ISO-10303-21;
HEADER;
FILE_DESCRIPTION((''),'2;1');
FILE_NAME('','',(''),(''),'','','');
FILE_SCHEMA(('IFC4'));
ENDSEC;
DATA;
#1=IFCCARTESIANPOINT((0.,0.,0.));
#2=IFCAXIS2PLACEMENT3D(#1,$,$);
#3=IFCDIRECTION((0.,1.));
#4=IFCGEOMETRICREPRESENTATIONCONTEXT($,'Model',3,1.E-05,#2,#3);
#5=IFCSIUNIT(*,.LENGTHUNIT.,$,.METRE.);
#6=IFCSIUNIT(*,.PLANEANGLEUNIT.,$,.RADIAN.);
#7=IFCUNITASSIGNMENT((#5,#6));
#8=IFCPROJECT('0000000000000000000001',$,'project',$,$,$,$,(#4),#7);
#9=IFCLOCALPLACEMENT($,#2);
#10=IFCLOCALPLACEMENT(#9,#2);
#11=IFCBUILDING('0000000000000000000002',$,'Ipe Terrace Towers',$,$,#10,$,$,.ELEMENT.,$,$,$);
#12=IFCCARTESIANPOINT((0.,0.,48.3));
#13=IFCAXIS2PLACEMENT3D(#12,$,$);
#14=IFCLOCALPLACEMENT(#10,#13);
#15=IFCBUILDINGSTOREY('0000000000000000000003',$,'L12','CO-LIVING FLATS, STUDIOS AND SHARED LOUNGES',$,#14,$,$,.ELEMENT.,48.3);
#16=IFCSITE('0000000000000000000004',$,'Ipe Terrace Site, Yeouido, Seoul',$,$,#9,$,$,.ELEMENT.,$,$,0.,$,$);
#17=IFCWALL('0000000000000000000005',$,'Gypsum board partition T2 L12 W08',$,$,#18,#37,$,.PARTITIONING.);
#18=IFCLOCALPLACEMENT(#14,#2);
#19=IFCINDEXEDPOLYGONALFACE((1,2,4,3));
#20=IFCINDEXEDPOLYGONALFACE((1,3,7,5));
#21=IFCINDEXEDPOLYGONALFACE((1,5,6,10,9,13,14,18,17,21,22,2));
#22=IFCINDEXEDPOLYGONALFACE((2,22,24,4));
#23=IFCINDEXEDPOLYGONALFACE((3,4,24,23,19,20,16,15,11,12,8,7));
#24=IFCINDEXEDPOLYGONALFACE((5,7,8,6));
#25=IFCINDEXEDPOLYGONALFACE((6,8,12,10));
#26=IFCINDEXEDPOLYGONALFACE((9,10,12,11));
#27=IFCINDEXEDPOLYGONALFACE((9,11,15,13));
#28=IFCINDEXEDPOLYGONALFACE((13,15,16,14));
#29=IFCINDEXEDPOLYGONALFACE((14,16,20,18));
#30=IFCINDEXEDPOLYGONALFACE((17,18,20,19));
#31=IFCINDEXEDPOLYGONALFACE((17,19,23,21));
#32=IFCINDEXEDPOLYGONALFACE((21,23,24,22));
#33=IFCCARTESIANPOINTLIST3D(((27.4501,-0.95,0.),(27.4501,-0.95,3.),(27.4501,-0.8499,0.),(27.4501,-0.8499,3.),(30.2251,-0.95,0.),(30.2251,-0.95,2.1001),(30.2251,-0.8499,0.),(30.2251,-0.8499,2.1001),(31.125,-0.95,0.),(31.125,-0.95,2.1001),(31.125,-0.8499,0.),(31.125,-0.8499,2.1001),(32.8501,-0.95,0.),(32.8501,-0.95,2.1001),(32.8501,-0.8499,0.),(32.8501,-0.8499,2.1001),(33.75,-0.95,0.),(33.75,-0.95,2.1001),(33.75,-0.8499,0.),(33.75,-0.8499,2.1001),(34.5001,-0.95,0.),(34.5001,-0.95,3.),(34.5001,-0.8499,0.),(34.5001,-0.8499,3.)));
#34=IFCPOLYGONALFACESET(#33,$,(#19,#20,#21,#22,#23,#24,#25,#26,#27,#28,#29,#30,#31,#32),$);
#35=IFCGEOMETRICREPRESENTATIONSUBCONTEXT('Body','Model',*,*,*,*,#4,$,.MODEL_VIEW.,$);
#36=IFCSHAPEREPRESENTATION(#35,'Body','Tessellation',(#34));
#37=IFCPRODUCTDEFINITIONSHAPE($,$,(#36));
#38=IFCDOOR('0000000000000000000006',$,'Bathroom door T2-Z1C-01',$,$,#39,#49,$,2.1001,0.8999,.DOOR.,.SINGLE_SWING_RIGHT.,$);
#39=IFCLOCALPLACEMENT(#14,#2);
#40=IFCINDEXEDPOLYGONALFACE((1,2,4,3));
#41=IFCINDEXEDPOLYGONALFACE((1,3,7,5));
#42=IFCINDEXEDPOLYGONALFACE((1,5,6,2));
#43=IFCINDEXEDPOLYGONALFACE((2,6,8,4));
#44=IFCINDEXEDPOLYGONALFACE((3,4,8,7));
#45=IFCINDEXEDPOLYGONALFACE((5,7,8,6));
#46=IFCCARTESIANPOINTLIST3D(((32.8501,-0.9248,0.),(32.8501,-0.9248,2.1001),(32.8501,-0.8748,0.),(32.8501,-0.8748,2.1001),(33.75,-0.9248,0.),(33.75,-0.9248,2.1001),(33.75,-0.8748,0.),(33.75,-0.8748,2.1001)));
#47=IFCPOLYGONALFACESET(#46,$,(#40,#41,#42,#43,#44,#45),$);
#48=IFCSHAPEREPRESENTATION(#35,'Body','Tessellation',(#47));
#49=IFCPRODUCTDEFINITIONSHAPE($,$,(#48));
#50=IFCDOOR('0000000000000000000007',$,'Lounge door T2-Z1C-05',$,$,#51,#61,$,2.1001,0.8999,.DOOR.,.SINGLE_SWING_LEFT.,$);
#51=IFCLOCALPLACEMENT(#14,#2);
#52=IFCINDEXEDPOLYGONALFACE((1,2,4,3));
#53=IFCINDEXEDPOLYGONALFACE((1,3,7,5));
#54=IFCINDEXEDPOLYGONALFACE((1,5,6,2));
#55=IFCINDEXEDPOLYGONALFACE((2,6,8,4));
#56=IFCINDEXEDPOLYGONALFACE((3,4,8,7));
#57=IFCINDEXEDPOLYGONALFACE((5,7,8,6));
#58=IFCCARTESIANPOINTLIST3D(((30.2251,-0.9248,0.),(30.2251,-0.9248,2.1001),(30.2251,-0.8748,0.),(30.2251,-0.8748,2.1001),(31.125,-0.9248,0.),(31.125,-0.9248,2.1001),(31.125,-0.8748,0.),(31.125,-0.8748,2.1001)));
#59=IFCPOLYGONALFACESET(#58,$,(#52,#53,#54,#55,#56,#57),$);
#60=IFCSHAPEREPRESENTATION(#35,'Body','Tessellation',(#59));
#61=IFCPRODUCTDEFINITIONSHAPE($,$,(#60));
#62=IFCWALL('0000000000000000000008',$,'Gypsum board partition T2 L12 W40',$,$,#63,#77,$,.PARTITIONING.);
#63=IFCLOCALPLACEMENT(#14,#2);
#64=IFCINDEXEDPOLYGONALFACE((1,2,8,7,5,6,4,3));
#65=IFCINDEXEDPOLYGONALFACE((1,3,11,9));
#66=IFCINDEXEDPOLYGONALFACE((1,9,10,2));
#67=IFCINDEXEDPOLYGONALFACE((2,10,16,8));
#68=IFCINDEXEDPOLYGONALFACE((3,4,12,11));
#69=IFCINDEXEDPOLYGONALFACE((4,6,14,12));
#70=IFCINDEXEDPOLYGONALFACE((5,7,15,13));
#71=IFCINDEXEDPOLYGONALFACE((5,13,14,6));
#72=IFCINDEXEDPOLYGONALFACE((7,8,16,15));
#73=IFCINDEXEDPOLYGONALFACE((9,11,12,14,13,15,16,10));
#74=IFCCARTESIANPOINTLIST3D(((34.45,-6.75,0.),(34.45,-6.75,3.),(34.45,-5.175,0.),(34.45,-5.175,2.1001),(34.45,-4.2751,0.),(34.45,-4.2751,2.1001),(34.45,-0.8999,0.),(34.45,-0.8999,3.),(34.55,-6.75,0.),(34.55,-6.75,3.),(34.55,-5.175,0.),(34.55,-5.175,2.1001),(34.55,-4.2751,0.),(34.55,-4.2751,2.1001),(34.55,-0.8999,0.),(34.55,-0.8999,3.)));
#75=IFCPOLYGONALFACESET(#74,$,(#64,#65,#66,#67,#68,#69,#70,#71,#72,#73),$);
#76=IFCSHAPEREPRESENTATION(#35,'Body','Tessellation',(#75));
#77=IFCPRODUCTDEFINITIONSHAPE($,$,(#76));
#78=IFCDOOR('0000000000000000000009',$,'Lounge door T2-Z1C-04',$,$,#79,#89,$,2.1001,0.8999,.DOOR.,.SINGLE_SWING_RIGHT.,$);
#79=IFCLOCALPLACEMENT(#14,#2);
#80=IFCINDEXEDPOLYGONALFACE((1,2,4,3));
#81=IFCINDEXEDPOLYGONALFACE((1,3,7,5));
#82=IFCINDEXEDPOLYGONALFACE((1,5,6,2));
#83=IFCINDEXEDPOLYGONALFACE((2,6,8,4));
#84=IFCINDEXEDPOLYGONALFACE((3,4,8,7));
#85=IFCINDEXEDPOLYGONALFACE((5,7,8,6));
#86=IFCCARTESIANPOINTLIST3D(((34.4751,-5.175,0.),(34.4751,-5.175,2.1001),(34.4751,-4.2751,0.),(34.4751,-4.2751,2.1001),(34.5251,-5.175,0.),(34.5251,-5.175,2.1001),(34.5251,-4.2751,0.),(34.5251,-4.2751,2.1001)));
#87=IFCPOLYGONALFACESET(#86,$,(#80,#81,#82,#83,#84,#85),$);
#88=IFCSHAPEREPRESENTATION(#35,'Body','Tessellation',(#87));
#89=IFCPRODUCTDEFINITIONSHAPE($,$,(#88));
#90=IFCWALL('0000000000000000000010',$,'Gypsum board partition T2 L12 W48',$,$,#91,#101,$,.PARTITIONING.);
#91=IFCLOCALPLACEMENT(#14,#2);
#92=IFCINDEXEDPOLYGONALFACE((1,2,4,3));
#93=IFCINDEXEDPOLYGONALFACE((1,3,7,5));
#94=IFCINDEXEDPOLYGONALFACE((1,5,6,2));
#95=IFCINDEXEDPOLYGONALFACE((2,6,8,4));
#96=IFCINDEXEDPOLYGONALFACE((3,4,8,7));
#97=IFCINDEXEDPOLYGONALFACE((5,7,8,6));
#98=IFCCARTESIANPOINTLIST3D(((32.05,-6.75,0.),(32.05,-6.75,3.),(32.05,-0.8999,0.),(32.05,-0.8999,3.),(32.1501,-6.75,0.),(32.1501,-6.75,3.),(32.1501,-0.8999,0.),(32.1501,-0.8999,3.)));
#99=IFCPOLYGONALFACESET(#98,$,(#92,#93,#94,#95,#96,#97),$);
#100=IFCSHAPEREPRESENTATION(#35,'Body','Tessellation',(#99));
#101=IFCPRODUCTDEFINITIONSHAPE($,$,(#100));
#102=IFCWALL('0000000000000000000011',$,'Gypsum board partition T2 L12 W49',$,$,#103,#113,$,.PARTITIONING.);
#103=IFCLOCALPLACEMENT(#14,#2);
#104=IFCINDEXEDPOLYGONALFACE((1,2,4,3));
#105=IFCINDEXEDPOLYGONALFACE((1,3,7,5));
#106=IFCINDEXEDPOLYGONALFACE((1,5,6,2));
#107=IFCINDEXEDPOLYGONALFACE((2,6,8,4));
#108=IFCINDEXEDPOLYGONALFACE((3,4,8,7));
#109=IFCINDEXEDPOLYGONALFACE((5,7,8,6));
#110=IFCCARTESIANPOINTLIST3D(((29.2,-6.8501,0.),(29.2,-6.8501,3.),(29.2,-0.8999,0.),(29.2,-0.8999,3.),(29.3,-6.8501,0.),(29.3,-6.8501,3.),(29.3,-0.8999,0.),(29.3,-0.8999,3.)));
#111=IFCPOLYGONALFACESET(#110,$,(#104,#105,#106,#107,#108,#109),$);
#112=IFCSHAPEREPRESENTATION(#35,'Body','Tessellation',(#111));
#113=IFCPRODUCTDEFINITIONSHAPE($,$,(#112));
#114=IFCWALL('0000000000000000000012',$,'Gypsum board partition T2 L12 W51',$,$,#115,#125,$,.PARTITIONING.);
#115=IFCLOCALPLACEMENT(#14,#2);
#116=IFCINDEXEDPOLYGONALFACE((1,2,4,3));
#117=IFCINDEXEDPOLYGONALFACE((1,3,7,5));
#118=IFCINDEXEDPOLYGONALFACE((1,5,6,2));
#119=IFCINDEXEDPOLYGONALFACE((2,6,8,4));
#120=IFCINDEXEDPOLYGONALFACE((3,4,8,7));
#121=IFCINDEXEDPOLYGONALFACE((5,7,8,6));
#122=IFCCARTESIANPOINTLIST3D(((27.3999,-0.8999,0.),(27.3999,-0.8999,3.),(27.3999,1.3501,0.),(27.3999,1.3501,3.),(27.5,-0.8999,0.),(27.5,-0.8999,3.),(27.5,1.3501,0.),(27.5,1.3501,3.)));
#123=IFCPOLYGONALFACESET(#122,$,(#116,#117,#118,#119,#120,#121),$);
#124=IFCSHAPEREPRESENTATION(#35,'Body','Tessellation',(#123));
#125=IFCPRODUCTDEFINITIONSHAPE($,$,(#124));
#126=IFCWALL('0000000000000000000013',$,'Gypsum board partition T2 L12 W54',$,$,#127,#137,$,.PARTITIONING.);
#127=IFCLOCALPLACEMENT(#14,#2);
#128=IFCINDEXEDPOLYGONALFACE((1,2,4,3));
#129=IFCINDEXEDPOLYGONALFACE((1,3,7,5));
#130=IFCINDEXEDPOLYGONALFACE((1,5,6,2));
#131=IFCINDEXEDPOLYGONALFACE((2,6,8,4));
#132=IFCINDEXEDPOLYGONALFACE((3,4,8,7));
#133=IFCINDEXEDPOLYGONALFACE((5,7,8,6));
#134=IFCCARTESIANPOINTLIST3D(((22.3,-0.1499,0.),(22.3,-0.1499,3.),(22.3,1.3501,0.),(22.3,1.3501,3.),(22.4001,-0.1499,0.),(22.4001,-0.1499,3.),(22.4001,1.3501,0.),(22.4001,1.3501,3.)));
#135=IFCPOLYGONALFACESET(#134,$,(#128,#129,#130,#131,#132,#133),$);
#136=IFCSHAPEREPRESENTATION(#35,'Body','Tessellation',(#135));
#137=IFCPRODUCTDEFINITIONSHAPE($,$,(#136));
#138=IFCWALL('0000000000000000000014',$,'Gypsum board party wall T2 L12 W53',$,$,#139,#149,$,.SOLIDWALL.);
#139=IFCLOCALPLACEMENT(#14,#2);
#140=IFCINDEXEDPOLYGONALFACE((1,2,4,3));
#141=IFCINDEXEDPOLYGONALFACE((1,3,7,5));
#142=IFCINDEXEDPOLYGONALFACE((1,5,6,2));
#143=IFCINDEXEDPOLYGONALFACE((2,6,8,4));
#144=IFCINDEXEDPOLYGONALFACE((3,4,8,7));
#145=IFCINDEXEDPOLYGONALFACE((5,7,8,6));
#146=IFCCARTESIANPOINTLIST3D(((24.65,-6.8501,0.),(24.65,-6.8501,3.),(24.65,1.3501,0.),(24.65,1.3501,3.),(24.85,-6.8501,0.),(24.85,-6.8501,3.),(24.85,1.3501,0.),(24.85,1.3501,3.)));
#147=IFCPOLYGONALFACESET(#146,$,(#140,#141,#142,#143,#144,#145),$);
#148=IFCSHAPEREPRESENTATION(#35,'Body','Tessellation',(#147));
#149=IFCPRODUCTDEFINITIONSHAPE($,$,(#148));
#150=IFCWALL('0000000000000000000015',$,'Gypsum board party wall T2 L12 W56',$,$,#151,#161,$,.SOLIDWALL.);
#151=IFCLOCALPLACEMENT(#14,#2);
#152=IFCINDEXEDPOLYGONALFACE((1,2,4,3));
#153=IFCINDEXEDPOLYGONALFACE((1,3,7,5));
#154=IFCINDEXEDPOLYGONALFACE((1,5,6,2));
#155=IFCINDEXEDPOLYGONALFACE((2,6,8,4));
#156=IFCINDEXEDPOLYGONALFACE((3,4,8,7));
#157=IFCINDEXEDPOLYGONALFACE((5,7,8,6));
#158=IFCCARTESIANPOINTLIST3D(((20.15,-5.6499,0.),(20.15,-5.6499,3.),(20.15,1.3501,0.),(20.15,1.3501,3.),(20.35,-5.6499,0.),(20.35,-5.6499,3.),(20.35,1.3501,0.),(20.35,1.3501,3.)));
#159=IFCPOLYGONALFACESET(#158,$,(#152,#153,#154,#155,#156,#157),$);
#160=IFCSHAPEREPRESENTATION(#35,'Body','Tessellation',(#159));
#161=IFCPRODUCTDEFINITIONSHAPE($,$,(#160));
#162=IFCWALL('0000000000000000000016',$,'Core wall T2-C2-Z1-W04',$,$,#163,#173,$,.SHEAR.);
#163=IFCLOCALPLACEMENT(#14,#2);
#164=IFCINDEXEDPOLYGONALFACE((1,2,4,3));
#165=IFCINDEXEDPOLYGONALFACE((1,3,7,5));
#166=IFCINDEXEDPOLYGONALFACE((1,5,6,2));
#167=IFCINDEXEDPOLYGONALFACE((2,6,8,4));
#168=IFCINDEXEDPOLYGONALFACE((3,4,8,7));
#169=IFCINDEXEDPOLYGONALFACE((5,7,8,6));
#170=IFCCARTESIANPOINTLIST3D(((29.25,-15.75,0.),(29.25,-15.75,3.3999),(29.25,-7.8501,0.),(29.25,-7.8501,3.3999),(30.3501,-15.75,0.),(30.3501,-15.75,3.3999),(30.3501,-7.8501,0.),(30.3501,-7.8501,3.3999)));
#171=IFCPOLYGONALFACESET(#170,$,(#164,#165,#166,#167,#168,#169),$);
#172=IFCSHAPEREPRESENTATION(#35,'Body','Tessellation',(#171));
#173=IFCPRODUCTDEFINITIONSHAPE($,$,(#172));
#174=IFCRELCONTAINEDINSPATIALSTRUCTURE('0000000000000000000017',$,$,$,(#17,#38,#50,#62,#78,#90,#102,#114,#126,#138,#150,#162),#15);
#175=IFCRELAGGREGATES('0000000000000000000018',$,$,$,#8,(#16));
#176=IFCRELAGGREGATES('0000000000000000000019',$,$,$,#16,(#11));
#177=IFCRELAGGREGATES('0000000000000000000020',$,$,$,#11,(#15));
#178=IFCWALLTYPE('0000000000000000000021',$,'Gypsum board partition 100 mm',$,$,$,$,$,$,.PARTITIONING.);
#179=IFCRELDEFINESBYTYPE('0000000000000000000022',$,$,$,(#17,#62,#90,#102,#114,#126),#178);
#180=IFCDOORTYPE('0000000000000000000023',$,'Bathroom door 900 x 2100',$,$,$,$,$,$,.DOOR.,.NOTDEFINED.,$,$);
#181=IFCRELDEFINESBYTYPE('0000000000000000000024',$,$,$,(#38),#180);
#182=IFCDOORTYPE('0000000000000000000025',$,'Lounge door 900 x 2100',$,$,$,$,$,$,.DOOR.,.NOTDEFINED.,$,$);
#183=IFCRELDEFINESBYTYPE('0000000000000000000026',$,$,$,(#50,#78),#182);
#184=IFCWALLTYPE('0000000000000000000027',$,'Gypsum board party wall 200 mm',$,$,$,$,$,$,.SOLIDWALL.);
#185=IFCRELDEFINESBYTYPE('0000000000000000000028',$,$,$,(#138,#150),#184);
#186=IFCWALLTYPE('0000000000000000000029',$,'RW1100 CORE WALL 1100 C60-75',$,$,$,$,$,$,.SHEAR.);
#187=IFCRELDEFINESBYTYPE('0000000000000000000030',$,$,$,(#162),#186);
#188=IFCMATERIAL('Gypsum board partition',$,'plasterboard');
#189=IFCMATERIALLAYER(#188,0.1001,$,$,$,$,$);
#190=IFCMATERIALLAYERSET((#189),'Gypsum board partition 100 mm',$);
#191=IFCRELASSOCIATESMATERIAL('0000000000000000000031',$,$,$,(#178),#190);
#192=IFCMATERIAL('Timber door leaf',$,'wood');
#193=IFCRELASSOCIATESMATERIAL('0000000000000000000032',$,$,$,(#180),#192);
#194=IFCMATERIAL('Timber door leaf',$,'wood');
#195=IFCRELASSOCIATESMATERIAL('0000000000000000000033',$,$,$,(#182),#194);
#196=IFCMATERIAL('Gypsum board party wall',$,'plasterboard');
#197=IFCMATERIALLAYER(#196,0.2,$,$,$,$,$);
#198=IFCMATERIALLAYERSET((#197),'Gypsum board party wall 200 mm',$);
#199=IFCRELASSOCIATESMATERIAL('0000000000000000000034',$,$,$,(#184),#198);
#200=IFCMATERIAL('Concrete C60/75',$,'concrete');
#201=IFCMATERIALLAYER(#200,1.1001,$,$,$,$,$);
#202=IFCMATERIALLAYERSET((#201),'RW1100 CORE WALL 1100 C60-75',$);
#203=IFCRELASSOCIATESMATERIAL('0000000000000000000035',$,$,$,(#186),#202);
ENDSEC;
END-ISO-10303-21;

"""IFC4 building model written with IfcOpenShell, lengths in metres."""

from ifc_helpers import new_model, si_unit, direction, frame, frame_2d, origin, place, context, subcontext, project, spatial, rectangle, extrude, material, layer, layer_set, type_object, element, fill, save


model = new_model("IFC4")

# Units and contexts
model_context = context("Model", 3, precision=1e-05, world=origin(), true_north=direction((0.0, 1.0)))
body_context = subcontext(model_context, "Body", "Model", "MODEL_VIEW")
ifc_project = project(units=[si_unit("LENGTHUNIT", "METRE"), si_unit("PLANEANGLEUNIT", "RADIAN")], contexts=[model_context])

# Site, building, storey
site_placement = place(None, origin())
site = spatial("IfcSite", under=ifc_project, at=site_placement, Name="Ipe Terrace Site, Yeouido, Seoul", CompositionType="ELEMENT", RefElevation=0.0)
building_placement = place(site_placement, origin())
building = spatial("IfcBuilding", under=site, at=building_placement, Name="Ipe Terrace Towers", CompositionType="ELEMENT")
storey_placement = place(building_placement, frame((0.0, 0.0, 48.3)))
storey = spatial("IfcBuildingStorey", under=building, at=storey_placement, Name="L12", Description="CO-LIVING FLATS, STUDIOS AND SHARED LOUNGES", CompositionType="ELEMENT", Elevation=48.3)

# Shared definitions
ifc_material_1 = material(Name="Gypsum board partition", Category="plasterboard")
ifc_layer_1 = layer(ifc_material_1, 0.1001)
ifc_layer_set_1 = layer_set([ifc_layer_1], Name="Gypsum board partition 100 mm")
wall_type_1 = type_object("IfcWallType", Name="Gypsum board partition 100 mm", PredefinedType="PARTITIONING", material=ifc_layer_set_1)

# Wall, openings, doors
wall_1_placement = place(storey_placement, frame((34.5, -0.8999, 0.0), z_axis=(0.0, 0.0, 1.0), x_axis=(-1.0, 0.0, 0.0)))
wall_1 = element("IfcWall", 1, at=wall_1_placement, inside=storey, type_object=wall_type_1, Name="Gypsum board partition T2 L12 W08", PredefinedType="PARTITIONING", context=body_context, shape_type="SweptSolid", body=[
    extrude(rectangle(XDim=7.05, YDim=0.1001, at=frame_2d((3.5249, 0.0))), origin(), (0.0, 0.0, 1.0), 3.0),
])
opening_1_placement = place(wall_1_placement, frame((0.75, 0.0, 0.0)))
opening_1 = element("IfcOpeningElement", 2, at=opening_1_placement, cuts=wall_1, PredefinedType="OPENING", context=body_context, shape_type="SweptSolid", body=[
    extrude(rectangle(XDim=0.8999, YDim=2.1001, at=frame_2d((0.45, 1.05))), frame((0.0, 0.0601, 0.0), z_axis=(0.0, -1.0, 0.0), x_axis=(1.0, 0.0, 0.0)), (0.0, 0.0, 1.0), 0.1201),
])
opening_2_placement = place(wall_1_placement, frame((3.375, 0.0, 0.0)))
opening_2 = element("IfcOpeningElement", 3, at=opening_2_placement, cuts=wall_1, PredefinedType="OPENING", context=body_context, shape_type="SweptSolid", body=[
    extrude(rectangle(XDim=0.8999, YDim=2.1001, at=frame_2d((0.45, 1.05))), frame((0.0, 0.0601, 0.0), z_axis=(0.0, -1.0, 0.0), x_axis=(1.0, 0.0, 0.0)), (0.0, 0.0, 1.0), 0.1201),
])
ifc_material_2 = material(Name="Timber door leaf", Category="wood")
door_type_1 = type_object("IfcDoorType", Name="Bathroom door 900 x 2100", OperationType="NOTDEFINED", PredefinedType="DOOR", material=ifc_material_2)
door_1_placement = place(opening_1_placement, origin())
door_1 = element("IfcDoor", 4, at=door_1_placement, inside=storey, type_object=door_type_1, Name="Bathroom door T2-Z1C-01", OperationType="SINGLE_SWING_RIGHT", OverallHeight=2.1001, OverallWidth=0.8999, PredefinedType="DOOR", context=body_context, shape_type="SweptSolid", body=[
    extrude(rectangle(XDim=0.8999, YDim=2.1001, at=frame_2d((0.45, 1.05))), frame((0.0, 0.0249, 0.0), z_axis=(0.0, -1.0, 0.0), x_axis=(1.0, 0.0, 0.0)), (0.0, 0.0, 1.0), 0.05),
])
fill(opening_1, door_1)
ifc_material_3 = material(Name="Timber door leaf", Category="wood")
door_type_2 = type_object("IfcDoorType", Name="Lounge door 900 x 2100", OperationType="NOTDEFINED", PredefinedType="DOOR", material=ifc_material_3)
door_2_placement = place(opening_2_placement, origin())
door_2 = element("IfcDoor", 5, at=door_2_placement, inside=storey, type_object=door_type_2, Name="Lounge door T2-Z1C-05", OperationType="SINGLE_SWING_LEFT", OverallHeight=2.1001, OverallWidth=0.8999, PredefinedType="DOOR", context=body_context, shape_type="SweptSolid", body=[
    extrude(rectangle(XDim=0.8999, YDim=2.1001, at=frame_2d((0.45, 1.05))), frame((0.0, 0.0249, 0.0), z_axis=(0.0, -1.0, 0.0), x_axis=(1.0, 0.0, 0.0)), (0.0, 0.0, 1.0), 0.05),
])
fill(opening_2, door_2)

# Wall, opening, door
wall_2_placement = place(storey_placement, frame((34.5, -6.75, 0.0), z_axis=(0.0, 0.0, 1.0), x_axis=(0.0, 1.0, 0.0)))
wall_2 = element("IfcWall", 6, at=wall_2_placement, inside=storey, type_object=wall_type_1, Name="Gypsum board partition T2 L12 W40", PredefinedType="PARTITIONING", context=body_context, shape_type="SweptSolid", body=[
    extrude(rectangle(XDim=5.8501, YDim=0.1001, at=frame_2d((2.925, 0.0))), origin(), (0.0, 0.0, 1.0), 3.0),
])
opening_3_placement = place(wall_2_placement, frame((1.575, 0.0, 0.0)))
opening_3 = element("IfcOpeningElement", 7, at=opening_3_placement, cuts=wall_2, PredefinedType="OPENING", context=body_context, shape_type="SweptSolid", body=[
    extrude(rectangle(XDim=0.8999, YDim=2.1001, at=frame_2d((0.45, 1.05))), frame((0.0, 0.0601, 0.0), z_axis=(0.0, -1.0, 0.0), x_axis=(1.0, 0.0, 0.0)), (0.0, 0.0, 1.0), 0.1201),
])
door_3_placement = place(opening_3_placement, origin())
door_3 = element("IfcDoor", 8, at=door_3_placement, inside=storey, type_object=door_type_2, Name="Lounge door T2-Z1C-04", OperationType="SINGLE_SWING_RIGHT", OverallHeight=2.1001, OverallWidth=0.8999, PredefinedType="DOOR", context=body_context, shape_type="SweptSolid", body=[
    extrude(rectangle(XDim=0.8999, YDim=2.1001, at=frame_2d((0.45, 1.05))), frame((0.0, 0.0249, 0.0), z_axis=(0.0, -1.0, 0.0), x_axis=(1.0, 0.0, 0.0)), (0.0, 0.0, 1.0), 0.05),
])
fill(opening_3, door_3)

# Walls
wall_3_placement = place(storey_placement, frame((32.1001, -6.75, 0.0), z_axis=(0.0, 0.0, 1.0), x_axis=(0.0, 1.0, 0.0)))
element("IfcWall", 9, at=wall_3_placement, inside=storey, type_object=wall_type_1, Name="Gypsum board partition T2 L12 W48", PredefinedType="PARTITIONING", context=body_context, shape_type="SweptSolid", body=[
    extrude(rectangle(XDim=5.8501, YDim=0.1001, at=frame_2d((2.925, 0.0))), origin(), (0.0, 0.0, 1.0), 3.0),
])
wall_4_placement = place(storey_placement, frame((29.25, -6.8501, 0.0), z_axis=(0.0, 0.0, 1.0), x_axis=(0.0, 1.0, 0.0)))
element("IfcWall", 10, at=wall_4_placement, inside=storey, type_object=wall_type_1, Name="Gypsum board partition T2 L12 W49", PredefinedType="PARTITIONING", context=body_context, shape_type="SweptSolid", body=[
    extrude(rectangle(XDim=5.9502, YDim=0.1001, at=frame_2d((2.9751, 0.0))), origin(), (0.0, 0.0, 1.0), 3.0),
])
wall_5_placement = place(storey_placement, frame((27.45, -0.8999, 0.0), z_axis=(0.0, 0.0, 1.0), x_axis=(0.0, 1.0, 0.0)))
element("IfcWall", 11, at=wall_5_placement, inside=storey, type_object=wall_type_1, Name="Gypsum board partition T2 L12 W51", PredefinedType="PARTITIONING", context=body_context, shape_type="SweptSolid", body=[
    extrude(rectangle(XDim=2.25, YDim=0.1001, at=frame_2d((1.125, 0.0))), origin(), (0.0, 0.0, 1.0), 3.0),
])
wall_6_placement = place(storey_placement, frame((22.3501, -0.1499, 0.0), z_axis=(0.0, 0.0, 1.0), x_axis=(0.0, 1.0, 0.0)))
element("IfcWall", 12, at=wall_6_placement, inside=storey, type_object=wall_type_1, Name="Gypsum board partition T2 L12 W54", PredefinedType="PARTITIONING", context=body_context, shape_type="SweptSolid", body=[
    extrude(rectangle(XDim=1.5, YDim=0.1001, at=frame_2d((0.75, 0.0))), origin(), (0.0, 0.0, 1.0), 3.0),
])
ifc_material_4 = material(Name="Gypsum board party wall", Category="plasterboard")
ifc_layer_2 = layer(ifc_material_4, 0.2)
ifc_layer_set_2 = layer_set([ifc_layer_2], Name="Gypsum board party wall 200 mm")
wall_type_2 = type_object("IfcWallType", Name="Gypsum board party wall 200 mm", PredefinedType="SOLIDWALL", material=ifc_layer_set_2)
wall_7_placement = place(storey_placement, frame((24.75, -6.8501, 0.0), z_axis=(0.0, 0.0, 1.0), x_axis=(0.0, 1.0, 0.0)))
element("IfcWall", 13, at=wall_7_placement, inside=storey, type_object=wall_type_2, Name="Gypsum board party wall T2 L12 W53", PredefinedType="SOLIDWALL", context=body_context, shape_type="SweptSolid", body=[
    extrude(rectangle(XDim=8.2002, YDim=0.2, at=frame_2d((4.1001, 0.0))), origin(), (0.0, 0.0, 1.0), 3.0),
])
wall_8_placement = place(storey_placement, frame((20.25, -5.6499, 0.0), z_axis=(0.0, 0.0, 1.0), x_axis=(0.0, 1.0, 0.0)))
element("IfcWall", 14, at=wall_8_placement, inside=storey, type_object=wall_type_2, Name="Gypsum board party wall T2 L12 W56", PredefinedType="SOLIDWALL", context=body_context, shape_type="SweptSolid", body=[
    extrude(rectangle(XDim=7.0, YDim=0.2, at=frame_2d((3.5, 0.0))), origin(), (0.0, 0.0, 1.0), 3.0),
])
ifc_material_5 = material(Name="Concrete C60/75", Category="concrete")
ifc_layer_3 = layer(ifc_material_5, 1.1001)
ifc_layer_set_3 = layer_set([ifc_layer_3], Name="RW1100 CORE WALL 1100 C60-75")
wall_type_3 = type_object("IfcWallType", Name="RW1100 CORE WALL 1100 C60-75", PredefinedType="SHEAR", material=ifc_layer_set_3)
wall_9_placement = place(storey_placement, frame((29.8, -7.8501, 0.0), z_axis=(0.0, 0.0, 1.0), x_axis=(0.0, -1.0, 0.0)))
element("IfcWall", 15, at=wall_9_placement, inside=storey, type_object=wall_type_3, Name="Core wall T2-C2-Z1-W04", PredefinedType="SHEAR", context=body_context, shape_type="SweptSolid", body=[
    extrude(rectangle(XDim=7.8999, YDim=1.1001, at=frame_2d((3.95, 0.0))), origin(), (0.0, 0.0, 1.0), 3.3999),
])

save(model, "model.ifc")
